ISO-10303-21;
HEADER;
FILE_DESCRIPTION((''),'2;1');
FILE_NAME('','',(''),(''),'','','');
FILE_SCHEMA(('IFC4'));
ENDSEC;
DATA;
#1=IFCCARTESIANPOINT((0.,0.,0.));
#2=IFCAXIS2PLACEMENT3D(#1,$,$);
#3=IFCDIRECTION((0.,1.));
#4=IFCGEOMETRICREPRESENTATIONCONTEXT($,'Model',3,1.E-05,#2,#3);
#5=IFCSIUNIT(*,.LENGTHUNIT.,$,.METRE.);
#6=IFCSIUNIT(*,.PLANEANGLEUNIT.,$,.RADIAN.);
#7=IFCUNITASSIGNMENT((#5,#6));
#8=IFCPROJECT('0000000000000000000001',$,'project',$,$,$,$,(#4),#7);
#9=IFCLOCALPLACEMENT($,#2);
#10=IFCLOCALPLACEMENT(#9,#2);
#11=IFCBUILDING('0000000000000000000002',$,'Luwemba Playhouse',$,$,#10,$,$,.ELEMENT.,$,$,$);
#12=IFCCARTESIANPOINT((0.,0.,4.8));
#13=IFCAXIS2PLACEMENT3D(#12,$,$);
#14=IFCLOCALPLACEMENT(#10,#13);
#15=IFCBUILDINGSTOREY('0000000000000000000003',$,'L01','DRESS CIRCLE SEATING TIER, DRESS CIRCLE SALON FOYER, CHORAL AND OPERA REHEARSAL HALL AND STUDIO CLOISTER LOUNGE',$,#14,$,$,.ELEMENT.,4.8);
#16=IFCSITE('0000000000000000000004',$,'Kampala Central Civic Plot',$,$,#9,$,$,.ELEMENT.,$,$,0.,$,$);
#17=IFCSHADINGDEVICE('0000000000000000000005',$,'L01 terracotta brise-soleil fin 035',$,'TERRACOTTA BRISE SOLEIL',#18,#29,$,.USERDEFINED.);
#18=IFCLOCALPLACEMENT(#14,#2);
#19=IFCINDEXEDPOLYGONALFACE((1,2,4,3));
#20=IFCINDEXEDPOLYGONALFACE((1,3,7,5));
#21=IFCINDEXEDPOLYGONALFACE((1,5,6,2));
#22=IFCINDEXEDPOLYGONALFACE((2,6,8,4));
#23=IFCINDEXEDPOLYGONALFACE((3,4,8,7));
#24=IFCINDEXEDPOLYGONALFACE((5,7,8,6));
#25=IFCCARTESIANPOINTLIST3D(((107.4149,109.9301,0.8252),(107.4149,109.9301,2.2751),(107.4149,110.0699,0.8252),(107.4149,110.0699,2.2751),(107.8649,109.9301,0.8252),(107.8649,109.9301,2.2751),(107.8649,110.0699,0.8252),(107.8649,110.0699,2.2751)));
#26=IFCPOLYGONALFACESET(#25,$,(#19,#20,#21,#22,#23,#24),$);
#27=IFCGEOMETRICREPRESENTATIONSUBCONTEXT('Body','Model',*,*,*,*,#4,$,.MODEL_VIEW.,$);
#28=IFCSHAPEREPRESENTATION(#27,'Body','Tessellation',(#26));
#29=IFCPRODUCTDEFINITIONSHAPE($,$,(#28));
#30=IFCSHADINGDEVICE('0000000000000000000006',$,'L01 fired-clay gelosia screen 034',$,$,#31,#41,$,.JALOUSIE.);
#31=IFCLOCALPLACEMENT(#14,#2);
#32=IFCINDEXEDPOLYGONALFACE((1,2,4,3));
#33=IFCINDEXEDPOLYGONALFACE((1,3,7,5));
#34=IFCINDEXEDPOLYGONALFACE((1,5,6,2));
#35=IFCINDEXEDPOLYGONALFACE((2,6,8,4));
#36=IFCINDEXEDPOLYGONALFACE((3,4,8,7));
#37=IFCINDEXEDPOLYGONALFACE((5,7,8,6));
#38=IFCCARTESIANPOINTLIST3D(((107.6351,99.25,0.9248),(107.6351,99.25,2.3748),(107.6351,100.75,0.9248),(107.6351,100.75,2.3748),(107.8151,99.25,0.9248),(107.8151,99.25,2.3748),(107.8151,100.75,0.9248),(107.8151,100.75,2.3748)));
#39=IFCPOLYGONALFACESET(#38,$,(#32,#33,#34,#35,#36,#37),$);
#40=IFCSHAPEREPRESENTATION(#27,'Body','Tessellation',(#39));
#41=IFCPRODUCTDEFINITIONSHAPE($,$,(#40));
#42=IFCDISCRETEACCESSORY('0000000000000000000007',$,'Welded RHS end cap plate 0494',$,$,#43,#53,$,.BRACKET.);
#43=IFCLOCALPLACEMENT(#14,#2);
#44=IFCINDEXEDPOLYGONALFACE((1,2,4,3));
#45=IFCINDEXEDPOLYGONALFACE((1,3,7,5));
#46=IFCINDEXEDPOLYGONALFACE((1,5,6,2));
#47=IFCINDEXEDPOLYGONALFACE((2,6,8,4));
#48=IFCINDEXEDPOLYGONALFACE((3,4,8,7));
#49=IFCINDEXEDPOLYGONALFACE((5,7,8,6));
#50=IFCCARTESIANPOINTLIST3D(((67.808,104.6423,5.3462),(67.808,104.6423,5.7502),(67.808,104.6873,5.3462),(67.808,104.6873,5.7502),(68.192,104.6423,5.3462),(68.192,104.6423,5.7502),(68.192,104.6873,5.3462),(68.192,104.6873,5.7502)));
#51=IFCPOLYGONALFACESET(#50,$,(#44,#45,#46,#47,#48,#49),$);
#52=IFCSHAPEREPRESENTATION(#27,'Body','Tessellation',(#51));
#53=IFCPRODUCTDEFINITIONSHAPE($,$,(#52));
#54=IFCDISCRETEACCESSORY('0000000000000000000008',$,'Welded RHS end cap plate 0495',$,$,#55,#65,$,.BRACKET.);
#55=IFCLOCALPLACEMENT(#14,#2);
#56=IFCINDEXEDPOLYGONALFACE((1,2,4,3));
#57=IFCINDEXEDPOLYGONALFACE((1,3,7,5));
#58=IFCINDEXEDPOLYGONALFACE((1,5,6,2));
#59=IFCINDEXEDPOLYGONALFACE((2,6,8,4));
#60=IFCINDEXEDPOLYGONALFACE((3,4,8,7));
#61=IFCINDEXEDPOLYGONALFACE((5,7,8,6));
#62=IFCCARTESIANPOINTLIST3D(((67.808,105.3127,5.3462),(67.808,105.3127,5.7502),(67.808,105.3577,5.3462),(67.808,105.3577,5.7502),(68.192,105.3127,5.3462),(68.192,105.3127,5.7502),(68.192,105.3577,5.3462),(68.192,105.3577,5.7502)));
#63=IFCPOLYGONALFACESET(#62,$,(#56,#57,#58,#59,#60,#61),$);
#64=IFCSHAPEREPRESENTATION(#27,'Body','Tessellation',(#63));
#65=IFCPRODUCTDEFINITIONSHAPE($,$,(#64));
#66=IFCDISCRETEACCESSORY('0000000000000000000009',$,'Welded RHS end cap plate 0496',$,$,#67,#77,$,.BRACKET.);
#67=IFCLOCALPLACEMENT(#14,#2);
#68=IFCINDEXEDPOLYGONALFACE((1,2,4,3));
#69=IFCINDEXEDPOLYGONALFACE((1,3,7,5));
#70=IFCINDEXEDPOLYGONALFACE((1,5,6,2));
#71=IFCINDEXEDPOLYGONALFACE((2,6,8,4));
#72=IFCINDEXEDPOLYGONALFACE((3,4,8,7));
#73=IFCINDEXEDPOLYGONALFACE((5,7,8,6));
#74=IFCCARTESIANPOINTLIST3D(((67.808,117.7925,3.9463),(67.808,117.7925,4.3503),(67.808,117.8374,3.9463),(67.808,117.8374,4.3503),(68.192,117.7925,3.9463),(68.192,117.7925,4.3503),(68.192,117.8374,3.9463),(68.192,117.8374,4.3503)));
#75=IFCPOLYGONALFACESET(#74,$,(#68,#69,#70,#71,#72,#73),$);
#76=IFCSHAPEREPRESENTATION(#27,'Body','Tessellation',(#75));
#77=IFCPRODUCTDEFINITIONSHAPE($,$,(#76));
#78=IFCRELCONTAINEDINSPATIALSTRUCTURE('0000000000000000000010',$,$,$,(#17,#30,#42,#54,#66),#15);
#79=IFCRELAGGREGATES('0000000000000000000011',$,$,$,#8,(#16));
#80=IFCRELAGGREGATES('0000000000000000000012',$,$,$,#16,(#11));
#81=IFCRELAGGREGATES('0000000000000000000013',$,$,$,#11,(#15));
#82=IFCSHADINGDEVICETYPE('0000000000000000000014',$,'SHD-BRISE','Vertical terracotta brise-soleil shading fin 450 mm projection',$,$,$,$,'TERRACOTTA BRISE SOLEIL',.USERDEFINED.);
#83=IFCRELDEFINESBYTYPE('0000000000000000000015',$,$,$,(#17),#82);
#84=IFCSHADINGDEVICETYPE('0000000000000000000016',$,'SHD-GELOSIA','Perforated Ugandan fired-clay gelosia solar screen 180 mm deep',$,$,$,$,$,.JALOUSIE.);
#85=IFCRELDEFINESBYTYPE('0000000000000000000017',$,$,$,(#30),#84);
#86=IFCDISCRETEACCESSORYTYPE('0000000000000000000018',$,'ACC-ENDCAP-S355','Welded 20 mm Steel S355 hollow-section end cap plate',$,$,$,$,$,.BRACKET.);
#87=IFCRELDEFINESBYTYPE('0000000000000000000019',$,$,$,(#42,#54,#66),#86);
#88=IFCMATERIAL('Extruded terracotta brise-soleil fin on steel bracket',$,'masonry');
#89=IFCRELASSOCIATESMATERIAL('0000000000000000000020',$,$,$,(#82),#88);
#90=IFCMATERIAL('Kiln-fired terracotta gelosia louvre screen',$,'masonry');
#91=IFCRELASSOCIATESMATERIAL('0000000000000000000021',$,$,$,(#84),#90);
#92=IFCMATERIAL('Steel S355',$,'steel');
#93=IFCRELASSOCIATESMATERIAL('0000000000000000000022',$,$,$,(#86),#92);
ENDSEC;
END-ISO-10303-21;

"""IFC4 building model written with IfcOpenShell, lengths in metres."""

from ifc_helpers import new_model, si_unit, direction, frame, origin, origin_2d, place, context, subcontext, project, spatial, rectangle, extrude, material, type_object, element, save


model = new_model("IFC4")

# Units and contexts
model_context = context("Model", 3, precision=1e-05, world=origin(), true_north=direction((0.0, 1.0)))
body_context = subcontext(model_context, "Body", "Model", "MODEL_VIEW")
ifc_project = project(units=[si_unit("LENGTHUNIT", "METRE"), si_unit("PLANEANGLEUNIT", "RADIAN")], contexts=[model_context])

# Site, building, storey
site_placement = place(None, origin())
site = spatial("IfcSite", under=ifc_project, at=site_placement, Name="Kampala Central Civic Plot", CompositionType="ELEMENT", RefElevation=0.0)
building_placement = place(site_placement, origin())
building = spatial("IfcBuilding", under=site, at=building_placement, Name="Luwemba Playhouse", CompositionType="ELEMENT")
storey_placement = place(building_placement, frame((0.0, 0.0, 4.8)))
storey = spatial("IfcBuildingStorey", under=building, at=storey_placement, Name="L01", Description="DRESS CIRCLE SEATING TIER, DRESS CIRCLE SALON FOYER, CHORAL AND OPERA REHEARSAL HALL AND STUDIO CLOISTER LOUNGE", CompositionType="ELEMENT", Elevation=4.8)

# Shared definitions
ifc_material_1 = material(Name="Steel S355", Category="steel")

# Shading devices
ifc_material_2 = material(Name="Extruded terracotta brise-soleil fin on steel bracket", Category="masonry")
shading_device_type_1 = type_object("IfcShadingDeviceType", Name="SHD-BRISE", Description="Vertical terracotta brise-soleil shading fin 450 mm projection", ElementType="TERRACOTTA BRISE SOLEIL", PredefinedType="USERDEFINED", material=ifc_material_2)
shading_device_1_placement = place(storey_placement, frame((107.6399, 110.0, 0.8252), z_axis=(0.0, 0.0, 1.0), x_axis=(0.0, 1.0, 0.0)))
element("IfcShadingDevice", 1, at=shading_device_1_placement, inside=storey, type_object=shading_device_type_1, Name="L01 terracotta brise-soleil fin 035", ObjectType="TERRACOTTA BRISE SOLEIL", PredefinedType="USERDEFINED", context=body_context, shape_type="SweptSolid", body=[
    extrude(rectangle(XDim=0.1399, YDim=0.45, at=origin_2d()), origin(), (0.0, 0.0, 1.0), 1.45),
])
ifc_material_3 = material(Name="Kiln-fired terracotta gelosia louvre screen", Category="masonry")
shading_device_type_2 = type_object("IfcShadingDeviceType", Name="SHD-GELOSIA", Description="Perforated Ugandan fired-clay gelosia solar screen 180 mm deep", PredefinedType="JALOUSIE", material=ifc_material_3)
shading_device_2_placement = place(storey_placement, frame((107.7251, 100.0, 0.9248), z_axis=(0.0, 0.0, 1.0), x_axis=(0.0, 1.0, 0.0)))
element("IfcShadingDevice", 2, at=shading_device_2_placement, inside=storey, type_object=shading_device_type_2, Name="L01 fired-clay gelosia screen 034", PredefinedType="JALOUSIE", context=body_context, shape_type="SweptSolid", body=[
    extrude(rectangle(XDim=1.5, YDim=0.1799, at=origin_2d()), origin(), (0.0, 0.0, 1.0), 1.45),
])

# Discrete accessories
discrete_accessory_type = type_object("IfcDiscreteAccessoryType", Name="ACC-ENDCAP-S355", Description="Welded 20 mm Steel S355 hollow-section end cap plate", PredefinedType="BRACKET", material=ifc_material_1)
for number, where, z_axis, x_axis, name in (
    (3, (68.0, 104.6648, 5.3462), (0.0, 0.0, 1.0), (1.0, 0.0, 0.0), "Welded RHS end cap plate 0494"),
    (4, (68.0, 105.3352, 5.3462), (0.0, 0.0, 1.0), (1.0, 0.0, 0.0), "Welded RHS end cap plate 0495"),
    (5, (68.0, 117.8149, 3.9463), (0.0, 0.0, 1.0), (1.0, 0.0, 0.0), "Welded RHS end cap plate 0496"),
):
    element("IfcDiscreteAccessory", number, at=place(storey_placement, frame(where, z_axis=z_axis, x_axis=x_axis)), inside=storey, type_object=discrete_accessory_type, Name=name, PredefinedType="BRACKET", context=body_context, shape_type="SweptSolid", body=[
        extrude(rectangle(XDim=0.384, YDim=0.0449, at=origin_2d()), origin(), (0.0, 0.0, 1.0), 0.4041),
    ])

save(model, "model.ifc")
